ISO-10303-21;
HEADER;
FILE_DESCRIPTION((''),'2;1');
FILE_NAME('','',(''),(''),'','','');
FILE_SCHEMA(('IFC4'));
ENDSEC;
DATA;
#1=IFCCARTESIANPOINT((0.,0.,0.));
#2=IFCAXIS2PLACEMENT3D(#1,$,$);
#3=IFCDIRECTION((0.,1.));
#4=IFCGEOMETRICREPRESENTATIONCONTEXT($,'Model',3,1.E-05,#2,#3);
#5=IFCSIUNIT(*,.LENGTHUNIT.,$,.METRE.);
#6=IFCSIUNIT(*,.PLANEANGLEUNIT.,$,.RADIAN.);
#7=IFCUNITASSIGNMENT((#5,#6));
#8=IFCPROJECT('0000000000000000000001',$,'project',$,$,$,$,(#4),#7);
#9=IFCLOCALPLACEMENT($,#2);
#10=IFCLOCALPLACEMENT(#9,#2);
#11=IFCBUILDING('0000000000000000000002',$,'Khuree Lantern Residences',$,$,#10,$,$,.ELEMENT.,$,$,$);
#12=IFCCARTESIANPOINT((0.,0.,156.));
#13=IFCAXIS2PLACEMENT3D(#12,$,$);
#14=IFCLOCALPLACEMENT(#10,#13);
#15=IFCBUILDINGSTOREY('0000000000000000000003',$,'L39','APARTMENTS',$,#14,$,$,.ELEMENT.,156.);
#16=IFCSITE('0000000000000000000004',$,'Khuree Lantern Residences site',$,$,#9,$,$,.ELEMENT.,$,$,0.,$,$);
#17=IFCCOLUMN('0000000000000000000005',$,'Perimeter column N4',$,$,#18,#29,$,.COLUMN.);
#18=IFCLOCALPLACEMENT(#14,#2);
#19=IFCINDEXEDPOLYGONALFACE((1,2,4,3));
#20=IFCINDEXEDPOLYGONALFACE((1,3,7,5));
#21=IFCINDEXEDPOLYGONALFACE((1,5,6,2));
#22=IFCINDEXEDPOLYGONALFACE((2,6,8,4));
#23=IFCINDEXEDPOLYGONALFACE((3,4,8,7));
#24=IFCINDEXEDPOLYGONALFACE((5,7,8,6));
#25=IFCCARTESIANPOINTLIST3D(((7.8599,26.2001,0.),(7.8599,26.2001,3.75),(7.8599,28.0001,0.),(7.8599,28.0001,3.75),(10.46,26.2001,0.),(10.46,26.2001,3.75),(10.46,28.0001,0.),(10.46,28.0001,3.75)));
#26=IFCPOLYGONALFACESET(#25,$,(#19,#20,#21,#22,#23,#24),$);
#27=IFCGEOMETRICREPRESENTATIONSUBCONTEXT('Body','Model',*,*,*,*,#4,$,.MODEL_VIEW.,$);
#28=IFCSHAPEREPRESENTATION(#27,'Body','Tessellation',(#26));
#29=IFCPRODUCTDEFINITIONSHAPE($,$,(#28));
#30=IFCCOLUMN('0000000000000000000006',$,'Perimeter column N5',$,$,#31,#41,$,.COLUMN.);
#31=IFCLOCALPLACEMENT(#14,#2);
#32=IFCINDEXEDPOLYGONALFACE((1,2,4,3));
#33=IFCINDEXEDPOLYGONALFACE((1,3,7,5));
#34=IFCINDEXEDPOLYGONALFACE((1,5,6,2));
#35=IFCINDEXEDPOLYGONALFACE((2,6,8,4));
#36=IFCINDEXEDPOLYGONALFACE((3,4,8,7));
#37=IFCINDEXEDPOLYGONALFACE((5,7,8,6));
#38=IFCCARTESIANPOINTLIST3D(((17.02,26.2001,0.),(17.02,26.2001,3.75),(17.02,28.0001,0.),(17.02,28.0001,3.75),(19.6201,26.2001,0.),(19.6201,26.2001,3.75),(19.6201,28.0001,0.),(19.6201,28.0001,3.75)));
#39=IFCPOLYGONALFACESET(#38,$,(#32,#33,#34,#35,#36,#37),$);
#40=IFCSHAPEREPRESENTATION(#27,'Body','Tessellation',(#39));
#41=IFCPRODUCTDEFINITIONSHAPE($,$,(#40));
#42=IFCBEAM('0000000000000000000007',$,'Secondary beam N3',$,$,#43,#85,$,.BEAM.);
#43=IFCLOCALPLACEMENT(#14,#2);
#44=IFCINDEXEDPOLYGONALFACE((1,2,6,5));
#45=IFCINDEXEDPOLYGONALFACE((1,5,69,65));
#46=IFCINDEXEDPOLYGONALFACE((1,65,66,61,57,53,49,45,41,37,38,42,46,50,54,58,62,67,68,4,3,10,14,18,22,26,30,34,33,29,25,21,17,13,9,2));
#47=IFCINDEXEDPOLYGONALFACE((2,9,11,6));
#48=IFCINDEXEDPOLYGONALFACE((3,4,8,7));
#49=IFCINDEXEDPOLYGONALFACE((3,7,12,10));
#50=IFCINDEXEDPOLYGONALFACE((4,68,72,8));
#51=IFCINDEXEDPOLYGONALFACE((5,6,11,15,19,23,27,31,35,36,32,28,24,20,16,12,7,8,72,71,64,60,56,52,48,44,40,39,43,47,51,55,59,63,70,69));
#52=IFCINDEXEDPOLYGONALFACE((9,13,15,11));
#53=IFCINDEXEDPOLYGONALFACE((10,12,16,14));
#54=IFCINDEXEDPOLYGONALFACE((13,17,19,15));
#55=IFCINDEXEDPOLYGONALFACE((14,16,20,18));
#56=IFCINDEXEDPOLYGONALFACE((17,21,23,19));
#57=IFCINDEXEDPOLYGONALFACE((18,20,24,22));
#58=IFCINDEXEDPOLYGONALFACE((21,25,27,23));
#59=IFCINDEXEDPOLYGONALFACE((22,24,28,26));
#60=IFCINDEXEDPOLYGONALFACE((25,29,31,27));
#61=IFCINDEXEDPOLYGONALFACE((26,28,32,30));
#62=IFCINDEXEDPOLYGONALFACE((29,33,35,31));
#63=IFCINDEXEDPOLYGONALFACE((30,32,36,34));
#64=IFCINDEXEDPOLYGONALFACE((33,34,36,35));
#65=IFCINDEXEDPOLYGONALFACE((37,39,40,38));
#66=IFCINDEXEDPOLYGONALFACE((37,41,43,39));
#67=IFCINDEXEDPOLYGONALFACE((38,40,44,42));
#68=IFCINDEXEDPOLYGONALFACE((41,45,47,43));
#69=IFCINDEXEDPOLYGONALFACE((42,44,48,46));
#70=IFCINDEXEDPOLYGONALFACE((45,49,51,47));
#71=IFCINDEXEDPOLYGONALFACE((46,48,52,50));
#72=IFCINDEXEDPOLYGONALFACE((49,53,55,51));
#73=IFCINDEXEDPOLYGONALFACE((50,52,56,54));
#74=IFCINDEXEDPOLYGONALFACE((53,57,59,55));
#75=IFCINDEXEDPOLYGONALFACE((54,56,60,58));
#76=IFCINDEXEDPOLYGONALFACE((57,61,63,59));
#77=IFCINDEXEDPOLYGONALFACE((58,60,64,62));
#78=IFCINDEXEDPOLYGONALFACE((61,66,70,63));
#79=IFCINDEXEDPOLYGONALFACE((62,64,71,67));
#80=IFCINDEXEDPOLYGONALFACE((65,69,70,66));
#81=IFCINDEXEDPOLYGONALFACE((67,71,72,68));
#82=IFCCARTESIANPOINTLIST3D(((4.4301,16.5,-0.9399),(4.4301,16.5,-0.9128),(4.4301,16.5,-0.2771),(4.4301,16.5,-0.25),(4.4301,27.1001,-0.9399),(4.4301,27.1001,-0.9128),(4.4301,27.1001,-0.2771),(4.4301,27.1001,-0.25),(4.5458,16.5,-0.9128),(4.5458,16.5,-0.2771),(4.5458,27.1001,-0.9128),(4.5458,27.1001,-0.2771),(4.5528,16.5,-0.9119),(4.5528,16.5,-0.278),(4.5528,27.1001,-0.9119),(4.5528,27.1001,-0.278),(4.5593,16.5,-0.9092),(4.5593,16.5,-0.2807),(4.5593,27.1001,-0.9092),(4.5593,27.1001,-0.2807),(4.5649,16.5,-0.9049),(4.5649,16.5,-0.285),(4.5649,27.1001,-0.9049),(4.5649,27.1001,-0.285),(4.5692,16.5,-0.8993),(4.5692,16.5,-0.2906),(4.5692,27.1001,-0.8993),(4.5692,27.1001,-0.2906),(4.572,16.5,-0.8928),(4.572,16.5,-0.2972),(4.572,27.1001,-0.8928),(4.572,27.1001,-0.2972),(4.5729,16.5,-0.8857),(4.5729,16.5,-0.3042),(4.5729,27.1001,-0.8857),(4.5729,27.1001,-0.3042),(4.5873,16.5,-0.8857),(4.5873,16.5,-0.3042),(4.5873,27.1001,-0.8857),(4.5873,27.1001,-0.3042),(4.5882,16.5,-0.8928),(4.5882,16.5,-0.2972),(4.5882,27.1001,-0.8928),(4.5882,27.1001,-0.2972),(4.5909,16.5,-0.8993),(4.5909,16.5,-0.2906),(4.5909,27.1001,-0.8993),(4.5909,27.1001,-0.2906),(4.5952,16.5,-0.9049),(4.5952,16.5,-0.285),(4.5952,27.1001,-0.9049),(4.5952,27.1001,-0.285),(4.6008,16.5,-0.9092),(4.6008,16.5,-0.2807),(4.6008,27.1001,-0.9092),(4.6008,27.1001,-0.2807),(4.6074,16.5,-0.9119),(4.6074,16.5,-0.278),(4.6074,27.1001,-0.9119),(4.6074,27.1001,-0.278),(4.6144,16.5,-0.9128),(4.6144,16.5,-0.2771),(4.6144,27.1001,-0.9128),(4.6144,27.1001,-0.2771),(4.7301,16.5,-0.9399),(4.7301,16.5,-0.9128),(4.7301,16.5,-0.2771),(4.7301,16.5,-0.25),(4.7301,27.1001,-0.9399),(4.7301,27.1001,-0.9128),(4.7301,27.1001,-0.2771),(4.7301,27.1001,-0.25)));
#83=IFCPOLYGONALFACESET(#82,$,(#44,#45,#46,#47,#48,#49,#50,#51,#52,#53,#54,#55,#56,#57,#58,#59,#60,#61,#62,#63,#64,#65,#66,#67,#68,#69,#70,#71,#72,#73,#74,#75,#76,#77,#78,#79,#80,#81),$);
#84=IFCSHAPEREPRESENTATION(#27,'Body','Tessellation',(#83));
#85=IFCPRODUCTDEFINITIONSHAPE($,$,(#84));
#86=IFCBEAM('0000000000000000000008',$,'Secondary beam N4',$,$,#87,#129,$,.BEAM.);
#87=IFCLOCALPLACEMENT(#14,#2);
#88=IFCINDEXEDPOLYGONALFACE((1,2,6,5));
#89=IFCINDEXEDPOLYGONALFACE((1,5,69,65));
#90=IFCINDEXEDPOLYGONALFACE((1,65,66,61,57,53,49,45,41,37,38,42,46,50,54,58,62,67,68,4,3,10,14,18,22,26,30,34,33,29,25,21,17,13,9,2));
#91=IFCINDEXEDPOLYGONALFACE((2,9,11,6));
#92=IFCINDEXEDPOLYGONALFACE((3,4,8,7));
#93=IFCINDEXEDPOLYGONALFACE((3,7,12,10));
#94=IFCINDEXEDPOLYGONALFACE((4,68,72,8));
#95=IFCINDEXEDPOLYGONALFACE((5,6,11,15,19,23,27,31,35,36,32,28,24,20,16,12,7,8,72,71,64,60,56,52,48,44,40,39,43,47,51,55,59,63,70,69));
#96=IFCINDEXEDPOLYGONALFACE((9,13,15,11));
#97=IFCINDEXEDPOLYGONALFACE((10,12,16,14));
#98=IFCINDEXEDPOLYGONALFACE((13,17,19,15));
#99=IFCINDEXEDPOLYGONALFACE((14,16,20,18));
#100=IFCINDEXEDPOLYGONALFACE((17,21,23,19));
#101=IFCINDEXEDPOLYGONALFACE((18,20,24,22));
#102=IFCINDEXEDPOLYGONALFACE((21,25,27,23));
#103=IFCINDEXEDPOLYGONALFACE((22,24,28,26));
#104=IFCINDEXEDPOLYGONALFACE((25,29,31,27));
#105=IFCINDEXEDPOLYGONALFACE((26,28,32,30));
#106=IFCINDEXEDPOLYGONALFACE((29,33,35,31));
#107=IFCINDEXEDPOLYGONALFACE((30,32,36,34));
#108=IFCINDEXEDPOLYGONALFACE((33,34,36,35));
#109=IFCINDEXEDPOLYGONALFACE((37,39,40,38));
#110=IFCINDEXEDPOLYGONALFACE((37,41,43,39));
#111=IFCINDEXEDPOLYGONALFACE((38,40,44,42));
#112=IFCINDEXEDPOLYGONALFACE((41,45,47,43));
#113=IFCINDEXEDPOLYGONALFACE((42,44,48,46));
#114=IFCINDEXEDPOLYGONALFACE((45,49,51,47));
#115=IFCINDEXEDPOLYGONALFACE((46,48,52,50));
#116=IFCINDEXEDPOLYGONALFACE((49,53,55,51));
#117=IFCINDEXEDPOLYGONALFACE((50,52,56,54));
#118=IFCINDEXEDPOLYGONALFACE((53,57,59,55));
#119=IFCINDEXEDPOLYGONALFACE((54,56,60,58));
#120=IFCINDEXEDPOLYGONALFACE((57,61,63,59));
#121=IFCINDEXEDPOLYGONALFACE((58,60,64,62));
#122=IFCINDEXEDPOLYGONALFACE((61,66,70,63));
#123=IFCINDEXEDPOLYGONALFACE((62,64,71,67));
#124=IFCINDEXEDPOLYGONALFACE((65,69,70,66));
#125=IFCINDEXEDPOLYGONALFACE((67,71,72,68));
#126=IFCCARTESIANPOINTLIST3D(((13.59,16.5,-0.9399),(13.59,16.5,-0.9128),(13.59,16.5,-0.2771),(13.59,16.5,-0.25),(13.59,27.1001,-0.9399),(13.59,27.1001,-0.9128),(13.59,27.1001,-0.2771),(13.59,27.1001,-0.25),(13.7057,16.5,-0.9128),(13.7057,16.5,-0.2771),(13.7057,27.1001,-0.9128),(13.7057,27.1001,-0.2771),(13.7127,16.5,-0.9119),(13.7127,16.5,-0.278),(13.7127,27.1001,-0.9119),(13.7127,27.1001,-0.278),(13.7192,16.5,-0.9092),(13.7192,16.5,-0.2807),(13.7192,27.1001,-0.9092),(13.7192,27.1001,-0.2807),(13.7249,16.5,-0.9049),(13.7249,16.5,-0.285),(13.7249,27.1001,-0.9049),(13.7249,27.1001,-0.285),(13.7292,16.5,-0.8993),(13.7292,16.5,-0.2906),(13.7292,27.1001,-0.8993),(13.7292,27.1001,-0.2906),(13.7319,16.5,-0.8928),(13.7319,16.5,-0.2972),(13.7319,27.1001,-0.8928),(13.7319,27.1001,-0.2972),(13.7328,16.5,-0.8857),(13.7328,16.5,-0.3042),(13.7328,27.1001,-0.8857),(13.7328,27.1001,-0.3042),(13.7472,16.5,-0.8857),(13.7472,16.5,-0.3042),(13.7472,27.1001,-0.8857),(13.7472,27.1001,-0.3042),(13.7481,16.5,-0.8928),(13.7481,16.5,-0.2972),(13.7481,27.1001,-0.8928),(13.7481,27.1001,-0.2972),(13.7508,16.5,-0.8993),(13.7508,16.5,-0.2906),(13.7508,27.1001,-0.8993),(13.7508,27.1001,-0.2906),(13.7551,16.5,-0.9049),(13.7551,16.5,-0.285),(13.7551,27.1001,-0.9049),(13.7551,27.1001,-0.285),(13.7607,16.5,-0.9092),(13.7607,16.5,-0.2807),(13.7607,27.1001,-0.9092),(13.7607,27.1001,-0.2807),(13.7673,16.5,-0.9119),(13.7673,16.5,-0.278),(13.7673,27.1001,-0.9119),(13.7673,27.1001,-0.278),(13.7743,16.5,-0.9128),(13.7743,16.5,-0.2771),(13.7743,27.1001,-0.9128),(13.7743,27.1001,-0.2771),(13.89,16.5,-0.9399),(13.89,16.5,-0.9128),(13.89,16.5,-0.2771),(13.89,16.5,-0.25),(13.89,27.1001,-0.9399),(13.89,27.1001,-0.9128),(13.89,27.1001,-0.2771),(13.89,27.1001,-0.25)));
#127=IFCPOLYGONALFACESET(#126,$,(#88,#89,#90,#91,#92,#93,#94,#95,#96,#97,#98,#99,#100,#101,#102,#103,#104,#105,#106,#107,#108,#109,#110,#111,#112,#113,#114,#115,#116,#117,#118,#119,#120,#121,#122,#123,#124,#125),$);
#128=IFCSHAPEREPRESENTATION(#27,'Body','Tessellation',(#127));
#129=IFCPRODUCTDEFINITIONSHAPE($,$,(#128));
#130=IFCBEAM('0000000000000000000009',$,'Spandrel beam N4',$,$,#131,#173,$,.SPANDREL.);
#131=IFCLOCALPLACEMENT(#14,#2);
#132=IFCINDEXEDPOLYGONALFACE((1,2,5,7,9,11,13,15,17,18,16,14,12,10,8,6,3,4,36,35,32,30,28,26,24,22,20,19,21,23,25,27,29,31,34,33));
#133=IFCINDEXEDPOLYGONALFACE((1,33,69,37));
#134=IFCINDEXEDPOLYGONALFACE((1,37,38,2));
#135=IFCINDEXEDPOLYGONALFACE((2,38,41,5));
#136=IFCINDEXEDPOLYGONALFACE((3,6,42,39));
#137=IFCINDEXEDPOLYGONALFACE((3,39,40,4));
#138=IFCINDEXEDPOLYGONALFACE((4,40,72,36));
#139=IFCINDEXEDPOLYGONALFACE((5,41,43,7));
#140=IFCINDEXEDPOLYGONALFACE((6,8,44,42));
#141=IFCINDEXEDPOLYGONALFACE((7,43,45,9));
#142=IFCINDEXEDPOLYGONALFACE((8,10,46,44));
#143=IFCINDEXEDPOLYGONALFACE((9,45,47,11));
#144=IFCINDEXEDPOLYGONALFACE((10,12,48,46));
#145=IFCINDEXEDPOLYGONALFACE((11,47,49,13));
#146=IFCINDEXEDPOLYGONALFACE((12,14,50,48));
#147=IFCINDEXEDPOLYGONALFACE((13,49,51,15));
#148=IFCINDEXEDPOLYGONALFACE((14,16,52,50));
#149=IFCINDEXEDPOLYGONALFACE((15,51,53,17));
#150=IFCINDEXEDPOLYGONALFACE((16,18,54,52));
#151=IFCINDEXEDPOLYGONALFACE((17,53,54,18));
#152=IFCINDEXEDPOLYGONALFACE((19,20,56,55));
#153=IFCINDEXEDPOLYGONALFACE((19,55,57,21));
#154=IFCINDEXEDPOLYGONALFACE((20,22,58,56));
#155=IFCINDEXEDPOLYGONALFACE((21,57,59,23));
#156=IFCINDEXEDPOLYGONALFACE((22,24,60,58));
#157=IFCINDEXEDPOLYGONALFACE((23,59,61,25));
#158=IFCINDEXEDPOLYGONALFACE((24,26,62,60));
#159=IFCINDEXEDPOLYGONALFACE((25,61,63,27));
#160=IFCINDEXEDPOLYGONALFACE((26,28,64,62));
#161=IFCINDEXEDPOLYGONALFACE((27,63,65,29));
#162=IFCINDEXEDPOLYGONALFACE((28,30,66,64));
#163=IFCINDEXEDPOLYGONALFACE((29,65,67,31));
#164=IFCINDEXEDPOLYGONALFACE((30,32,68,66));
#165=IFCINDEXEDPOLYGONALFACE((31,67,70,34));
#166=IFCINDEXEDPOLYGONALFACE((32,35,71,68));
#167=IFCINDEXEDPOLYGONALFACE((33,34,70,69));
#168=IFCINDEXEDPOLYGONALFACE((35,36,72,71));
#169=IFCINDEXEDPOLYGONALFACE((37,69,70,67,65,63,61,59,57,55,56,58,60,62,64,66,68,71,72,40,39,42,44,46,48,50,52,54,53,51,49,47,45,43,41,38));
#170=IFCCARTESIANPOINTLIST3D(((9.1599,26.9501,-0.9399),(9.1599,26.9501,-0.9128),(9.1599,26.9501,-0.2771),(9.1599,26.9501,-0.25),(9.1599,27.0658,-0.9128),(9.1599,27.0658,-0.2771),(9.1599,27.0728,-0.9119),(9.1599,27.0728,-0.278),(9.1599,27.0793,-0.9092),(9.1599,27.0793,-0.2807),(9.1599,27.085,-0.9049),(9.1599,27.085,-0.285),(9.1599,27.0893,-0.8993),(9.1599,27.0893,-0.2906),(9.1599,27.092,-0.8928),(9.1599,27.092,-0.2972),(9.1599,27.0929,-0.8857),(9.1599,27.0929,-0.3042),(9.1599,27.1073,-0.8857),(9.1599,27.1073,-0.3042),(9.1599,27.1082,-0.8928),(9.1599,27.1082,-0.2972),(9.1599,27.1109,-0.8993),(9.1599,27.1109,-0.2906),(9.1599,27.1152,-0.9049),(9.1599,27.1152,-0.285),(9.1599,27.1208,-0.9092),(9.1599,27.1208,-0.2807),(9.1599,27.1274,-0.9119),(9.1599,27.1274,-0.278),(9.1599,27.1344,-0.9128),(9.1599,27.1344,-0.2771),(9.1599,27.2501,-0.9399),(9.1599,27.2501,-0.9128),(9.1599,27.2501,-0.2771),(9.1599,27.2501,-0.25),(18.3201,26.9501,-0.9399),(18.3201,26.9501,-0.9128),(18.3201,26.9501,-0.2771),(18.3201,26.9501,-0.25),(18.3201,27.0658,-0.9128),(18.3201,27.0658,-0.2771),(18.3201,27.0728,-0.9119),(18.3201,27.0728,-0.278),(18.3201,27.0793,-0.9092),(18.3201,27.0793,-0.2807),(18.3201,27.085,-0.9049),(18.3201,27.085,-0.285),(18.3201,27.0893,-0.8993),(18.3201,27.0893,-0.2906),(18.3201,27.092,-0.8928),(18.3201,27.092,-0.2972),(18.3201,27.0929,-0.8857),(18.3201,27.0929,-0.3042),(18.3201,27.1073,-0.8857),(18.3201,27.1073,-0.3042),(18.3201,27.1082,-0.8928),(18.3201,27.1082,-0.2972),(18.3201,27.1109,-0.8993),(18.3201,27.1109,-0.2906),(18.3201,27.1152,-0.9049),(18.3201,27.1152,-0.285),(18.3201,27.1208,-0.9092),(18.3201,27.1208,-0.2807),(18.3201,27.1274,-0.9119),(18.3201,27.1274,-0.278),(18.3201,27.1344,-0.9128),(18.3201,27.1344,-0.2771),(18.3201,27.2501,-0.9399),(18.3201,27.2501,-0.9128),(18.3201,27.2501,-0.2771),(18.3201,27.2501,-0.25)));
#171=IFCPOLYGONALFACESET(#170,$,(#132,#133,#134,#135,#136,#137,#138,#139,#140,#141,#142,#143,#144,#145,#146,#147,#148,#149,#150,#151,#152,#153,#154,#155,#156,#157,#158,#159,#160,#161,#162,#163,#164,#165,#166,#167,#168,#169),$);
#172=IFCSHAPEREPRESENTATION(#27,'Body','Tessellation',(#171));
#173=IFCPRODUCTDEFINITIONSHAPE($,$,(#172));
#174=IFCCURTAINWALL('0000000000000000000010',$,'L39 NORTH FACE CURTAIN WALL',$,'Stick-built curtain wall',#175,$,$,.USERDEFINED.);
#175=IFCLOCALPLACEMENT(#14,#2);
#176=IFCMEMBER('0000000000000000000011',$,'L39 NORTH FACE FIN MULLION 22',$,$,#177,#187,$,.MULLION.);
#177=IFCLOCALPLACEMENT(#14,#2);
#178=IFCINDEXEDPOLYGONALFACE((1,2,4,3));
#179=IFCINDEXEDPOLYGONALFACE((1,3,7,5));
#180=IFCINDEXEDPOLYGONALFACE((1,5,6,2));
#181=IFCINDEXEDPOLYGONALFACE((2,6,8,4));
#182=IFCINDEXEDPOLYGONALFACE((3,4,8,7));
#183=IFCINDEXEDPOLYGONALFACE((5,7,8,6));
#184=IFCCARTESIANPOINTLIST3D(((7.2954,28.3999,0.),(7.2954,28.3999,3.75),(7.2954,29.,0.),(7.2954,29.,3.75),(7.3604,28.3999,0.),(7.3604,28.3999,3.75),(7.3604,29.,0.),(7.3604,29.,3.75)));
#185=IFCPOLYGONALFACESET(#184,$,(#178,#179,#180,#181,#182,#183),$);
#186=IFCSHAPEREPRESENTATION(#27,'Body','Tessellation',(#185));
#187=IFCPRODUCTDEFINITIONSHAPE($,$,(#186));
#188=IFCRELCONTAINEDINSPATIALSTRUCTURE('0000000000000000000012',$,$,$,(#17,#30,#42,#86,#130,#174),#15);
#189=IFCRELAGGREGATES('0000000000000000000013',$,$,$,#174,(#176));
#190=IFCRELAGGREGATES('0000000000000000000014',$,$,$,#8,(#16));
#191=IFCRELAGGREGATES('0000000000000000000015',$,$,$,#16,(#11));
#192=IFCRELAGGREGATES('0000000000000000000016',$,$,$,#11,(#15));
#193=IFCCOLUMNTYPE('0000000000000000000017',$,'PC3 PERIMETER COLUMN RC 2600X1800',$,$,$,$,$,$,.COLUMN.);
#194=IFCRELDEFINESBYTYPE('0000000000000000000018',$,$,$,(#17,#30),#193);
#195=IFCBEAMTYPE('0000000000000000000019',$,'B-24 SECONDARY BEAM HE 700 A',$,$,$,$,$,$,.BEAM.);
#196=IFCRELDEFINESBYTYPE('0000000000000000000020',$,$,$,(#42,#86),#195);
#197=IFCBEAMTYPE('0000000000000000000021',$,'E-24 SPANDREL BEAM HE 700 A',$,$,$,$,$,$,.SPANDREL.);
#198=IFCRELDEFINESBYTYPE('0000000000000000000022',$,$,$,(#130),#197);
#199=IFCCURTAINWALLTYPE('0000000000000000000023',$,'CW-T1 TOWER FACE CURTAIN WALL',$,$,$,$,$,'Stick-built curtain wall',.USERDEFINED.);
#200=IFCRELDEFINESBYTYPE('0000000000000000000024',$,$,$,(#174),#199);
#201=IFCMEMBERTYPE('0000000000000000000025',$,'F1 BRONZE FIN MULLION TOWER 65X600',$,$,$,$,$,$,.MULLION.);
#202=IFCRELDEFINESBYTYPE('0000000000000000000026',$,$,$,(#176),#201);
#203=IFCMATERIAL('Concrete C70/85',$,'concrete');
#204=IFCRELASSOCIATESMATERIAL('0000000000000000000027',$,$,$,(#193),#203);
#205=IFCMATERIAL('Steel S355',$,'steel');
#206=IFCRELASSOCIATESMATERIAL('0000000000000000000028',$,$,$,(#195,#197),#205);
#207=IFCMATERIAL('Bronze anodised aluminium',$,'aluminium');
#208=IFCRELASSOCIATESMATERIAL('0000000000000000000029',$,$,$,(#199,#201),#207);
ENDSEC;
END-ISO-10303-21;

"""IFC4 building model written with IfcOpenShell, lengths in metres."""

from ifc_helpers import new_model, si_unit, direction, frame, origin, origin_2d, place, context, subcontext, project, spatial, rectangle, i_section, extrude, material, material_profile, profile_set, type_object, element, aggregate, save


model = new_model("IFC4")

# Units and contexts
model_context = context("Model", 3, precision=1e-05, world=origin(), true_north=direction((0.0, 1.0)))
body_context = subcontext(model_context, "Body", "Model", "MODEL_VIEW")
ifc_project = project(units=[si_unit("LENGTHUNIT", "METRE"), si_unit("PLANEANGLEUNIT", "RADIAN")], contexts=[model_context])

# Site, building, storey
site_placement = place(None, origin())
site = spatial("IfcSite", under=ifc_project, at=site_placement, Name="Khuree Lantern Residences site", CompositionType="ELEMENT", RefElevation=0.0)
building_placement = place(site_placement, origin())
building = spatial("IfcBuilding", under=site, at=building_placement, Name="Khuree Lantern Residences", CompositionType="ELEMENT")
storey_placement = place(building_placement, frame((0.0, 0.0, 156.0)))
storey = spatial("IfcBuildingStorey", under=building, at=storey_placement, Name="L39", Description="APARTMENTS", CompositionType="ELEMENT", Elevation=156.0)

# Columns
ifc_material_1 = material(Name="Concrete C70/85", Category="concrete")
ifc_material_profile_1 = material_profile(ifc_material_1, rectangle(XDim=2.6001, YDim=1.8, at=origin_2d()), Name="RC 2600X1800")
ifc_profile_set_1 = profile_set([ifc_material_profile_1], Name="Concrete C70/85")
column_type = type_object("IfcColumnType", Name="PC3 PERIMETER COLUMN RC 2600X1800", PredefinedType="COLUMN", material=ifc_profile_set_1)
for number, where, z_axis, x_axis, name in (
    (1, (9.1599, 27.1001, 0.0), (0.0, 0.0, 1.0), (1.0, 0.0, 0.0), "Perimeter column N4"),
    (2, (18.3201, 27.1001, 0.0), (0.0, 0.0, 1.0), (1.0, 0.0, 0.0), "Perimeter column N5"),
):
    element("IfcColumn", number, at=place(storey_placement, frame(where, z_axis=z_axis, x_axis=x_axis)), inside=storey, type_object=column_type, Name=name, PredefinedType="COLUMN", context=body_context, shape_type="SweptSolid", body=[
        extrude(rectangle(XDim=2.6001, YDim=1.8, at=origin_2d()), origin(), (0.0, 0.0, 1.0), 3.75),
    ])

# Beams
ifc_material_2 = material(Name="Steel S355", Category="steel")
ifc_material_profile_2 = material_profile(ifc_material_2, i_section(OverallWidth=0.3, OverallDepth=0.6899, WebThickness=0.0144, FlangeThickness=0.0271, FilletRadius=0.0271, at=origin_2d()), Name="HE 700 A")
ifc_profile_set_2 = profile_set([ifc_material_profile_2], Name="Steel S355")
beam_type_1 = type_object("IfcBeamType", Name="B-24 SECONDARY BEAM HE 700 A", PredefinedType="BEAM", material=ifc_profile_set_2)
for number, where, z_axis, x_axis, name in (
    (3, (4.5801, 27.1001, -0.595), (0.0, -1.0, 0.0), (1.0, 0.0, 0.0), "Secondary beam N3"),
    (4, (13.74, 27.1001, -0.595), (0.0, -1.0, 0.0), (1.0, 0.0, 0.0), "Secondary beam N4"),
):
    element("IfcBeam", number, at=place(storey_placement, frame(where, z_axis=z_axis, x_axis=x_axis)), inside=storey, type_object=beam_type_1, Name=name, PredefinedType="BEAM", context=body_context, shape_type="SweptSolid", body=[
        extrude(i_section(OverallWidth=0.3, OverallDepth=0.6899, WebThickness=0.0144, FlangeThickness=0.0271, FilletRadius=0.0271, at=origin_2d()), origin(), (0.0, 0.0, 1.0), 10.6001),
    ])
ifc_material_profile_3 = material_profile(ifc_material_2, i_section(OverallWidth=0.3, OverallDepth=0.6899, WebThickness=0.0144, FlangeThickness=0.0271, FilletRadius=0.0271, at=origin_2d()), Name="HE 700 A")
ifc_profile_set_3 = profile_set([ifc_material_profile_3], Name="Steel S355")
beam_type_2 = type_object("IfcBeamType", Name="E-24 SPANDREL BEAM HE 700 A", PredefinedType="SPANDREL", material=ifc_profile_set_3)
beam_1_placement = place(storey_placement, frame((9.1599, 27.1001, -0.595), z_axis=(1.0, 0.0, 0.0), x_axis=(0.0, 1.0, 0.0)))
element("IfcBeam", 5, at=beam_1_placement, inside=storey, type_object=beam_type_2, Name="Spandrel beam N4", PredefinedType="SPANDREL", context=body_context, shape_type="SweptSolid", body=[
    extrude(i_section(OverallWidth=0.3, OverallDepth=0.6899, WebThickness=0.0144, FlangeThickness=0.0271, FilletRadius=0.0271, at=origin_2d()), origin(), (0.0, 0.0, 1.0), 9.1602),
])

# Curtain wall, member
ifc_material_3 = material(Name="Bronze anodised aluminium", Category="aluminium")
curtain_wall_type = type_object("IfcCurtainWallType", Name="CW-T1 TOWER FACE CURTAIN WALL", ElementType="Stick-built curtain wall", PredefinedType="USERDEFINED", material=ifc_material_3)
curtain_wall_placement = place(storey_placement, origin())
curtain_wall = element("IfcCurtainWall", 6, at=curtain_wall_placement, inside=storey, type_object=curtain_wall_type, Name="L39 NORTH FACE CURTAIN WALL", ObjectType="Stick-built curtain wall", PredefinedType="USERDEFINED")
ifc_material_profile_4 = material_profile(ifc_material_3, rectangle(XDim=0.0649, YDim=0.6001, at=origin_2d()), Name="F1 65X600")
ifc_profile_set_4 = profile_set([ifc_material_profile_4], Name="Bronze anodised aluminium")
member_type_1 = type_object("IfcMemberType", Name="F1 BRONZE FIN MULLION TOWER 65X600", PredefinedType="MULLION", material=ifc_profile_set_4)
member_1_placement = place(storey_placement, frame((7.3279, 28.7, 0.0), z_axis=(0.0, 0.0, 1.0), x_axis=(-1.0, 0.0, 0.0)))
member_1 = element("IfcMember", 7, at=member_1_placement, type_object=member_type_1, Name="L39 NORTH FACE FIN MULLION 22", PredefinedType="MULLION", context=body_context, shape_type="SweptSolid", body=[
    extrude(rectangle(XDim=0.0649, YDim=0.6001, at=origin_2d()), origin(), (0.0, 0.0, 1.0), 3.75),
])

aggregate(curtain_wall, [member_1])

save(model, "model.ifc")
